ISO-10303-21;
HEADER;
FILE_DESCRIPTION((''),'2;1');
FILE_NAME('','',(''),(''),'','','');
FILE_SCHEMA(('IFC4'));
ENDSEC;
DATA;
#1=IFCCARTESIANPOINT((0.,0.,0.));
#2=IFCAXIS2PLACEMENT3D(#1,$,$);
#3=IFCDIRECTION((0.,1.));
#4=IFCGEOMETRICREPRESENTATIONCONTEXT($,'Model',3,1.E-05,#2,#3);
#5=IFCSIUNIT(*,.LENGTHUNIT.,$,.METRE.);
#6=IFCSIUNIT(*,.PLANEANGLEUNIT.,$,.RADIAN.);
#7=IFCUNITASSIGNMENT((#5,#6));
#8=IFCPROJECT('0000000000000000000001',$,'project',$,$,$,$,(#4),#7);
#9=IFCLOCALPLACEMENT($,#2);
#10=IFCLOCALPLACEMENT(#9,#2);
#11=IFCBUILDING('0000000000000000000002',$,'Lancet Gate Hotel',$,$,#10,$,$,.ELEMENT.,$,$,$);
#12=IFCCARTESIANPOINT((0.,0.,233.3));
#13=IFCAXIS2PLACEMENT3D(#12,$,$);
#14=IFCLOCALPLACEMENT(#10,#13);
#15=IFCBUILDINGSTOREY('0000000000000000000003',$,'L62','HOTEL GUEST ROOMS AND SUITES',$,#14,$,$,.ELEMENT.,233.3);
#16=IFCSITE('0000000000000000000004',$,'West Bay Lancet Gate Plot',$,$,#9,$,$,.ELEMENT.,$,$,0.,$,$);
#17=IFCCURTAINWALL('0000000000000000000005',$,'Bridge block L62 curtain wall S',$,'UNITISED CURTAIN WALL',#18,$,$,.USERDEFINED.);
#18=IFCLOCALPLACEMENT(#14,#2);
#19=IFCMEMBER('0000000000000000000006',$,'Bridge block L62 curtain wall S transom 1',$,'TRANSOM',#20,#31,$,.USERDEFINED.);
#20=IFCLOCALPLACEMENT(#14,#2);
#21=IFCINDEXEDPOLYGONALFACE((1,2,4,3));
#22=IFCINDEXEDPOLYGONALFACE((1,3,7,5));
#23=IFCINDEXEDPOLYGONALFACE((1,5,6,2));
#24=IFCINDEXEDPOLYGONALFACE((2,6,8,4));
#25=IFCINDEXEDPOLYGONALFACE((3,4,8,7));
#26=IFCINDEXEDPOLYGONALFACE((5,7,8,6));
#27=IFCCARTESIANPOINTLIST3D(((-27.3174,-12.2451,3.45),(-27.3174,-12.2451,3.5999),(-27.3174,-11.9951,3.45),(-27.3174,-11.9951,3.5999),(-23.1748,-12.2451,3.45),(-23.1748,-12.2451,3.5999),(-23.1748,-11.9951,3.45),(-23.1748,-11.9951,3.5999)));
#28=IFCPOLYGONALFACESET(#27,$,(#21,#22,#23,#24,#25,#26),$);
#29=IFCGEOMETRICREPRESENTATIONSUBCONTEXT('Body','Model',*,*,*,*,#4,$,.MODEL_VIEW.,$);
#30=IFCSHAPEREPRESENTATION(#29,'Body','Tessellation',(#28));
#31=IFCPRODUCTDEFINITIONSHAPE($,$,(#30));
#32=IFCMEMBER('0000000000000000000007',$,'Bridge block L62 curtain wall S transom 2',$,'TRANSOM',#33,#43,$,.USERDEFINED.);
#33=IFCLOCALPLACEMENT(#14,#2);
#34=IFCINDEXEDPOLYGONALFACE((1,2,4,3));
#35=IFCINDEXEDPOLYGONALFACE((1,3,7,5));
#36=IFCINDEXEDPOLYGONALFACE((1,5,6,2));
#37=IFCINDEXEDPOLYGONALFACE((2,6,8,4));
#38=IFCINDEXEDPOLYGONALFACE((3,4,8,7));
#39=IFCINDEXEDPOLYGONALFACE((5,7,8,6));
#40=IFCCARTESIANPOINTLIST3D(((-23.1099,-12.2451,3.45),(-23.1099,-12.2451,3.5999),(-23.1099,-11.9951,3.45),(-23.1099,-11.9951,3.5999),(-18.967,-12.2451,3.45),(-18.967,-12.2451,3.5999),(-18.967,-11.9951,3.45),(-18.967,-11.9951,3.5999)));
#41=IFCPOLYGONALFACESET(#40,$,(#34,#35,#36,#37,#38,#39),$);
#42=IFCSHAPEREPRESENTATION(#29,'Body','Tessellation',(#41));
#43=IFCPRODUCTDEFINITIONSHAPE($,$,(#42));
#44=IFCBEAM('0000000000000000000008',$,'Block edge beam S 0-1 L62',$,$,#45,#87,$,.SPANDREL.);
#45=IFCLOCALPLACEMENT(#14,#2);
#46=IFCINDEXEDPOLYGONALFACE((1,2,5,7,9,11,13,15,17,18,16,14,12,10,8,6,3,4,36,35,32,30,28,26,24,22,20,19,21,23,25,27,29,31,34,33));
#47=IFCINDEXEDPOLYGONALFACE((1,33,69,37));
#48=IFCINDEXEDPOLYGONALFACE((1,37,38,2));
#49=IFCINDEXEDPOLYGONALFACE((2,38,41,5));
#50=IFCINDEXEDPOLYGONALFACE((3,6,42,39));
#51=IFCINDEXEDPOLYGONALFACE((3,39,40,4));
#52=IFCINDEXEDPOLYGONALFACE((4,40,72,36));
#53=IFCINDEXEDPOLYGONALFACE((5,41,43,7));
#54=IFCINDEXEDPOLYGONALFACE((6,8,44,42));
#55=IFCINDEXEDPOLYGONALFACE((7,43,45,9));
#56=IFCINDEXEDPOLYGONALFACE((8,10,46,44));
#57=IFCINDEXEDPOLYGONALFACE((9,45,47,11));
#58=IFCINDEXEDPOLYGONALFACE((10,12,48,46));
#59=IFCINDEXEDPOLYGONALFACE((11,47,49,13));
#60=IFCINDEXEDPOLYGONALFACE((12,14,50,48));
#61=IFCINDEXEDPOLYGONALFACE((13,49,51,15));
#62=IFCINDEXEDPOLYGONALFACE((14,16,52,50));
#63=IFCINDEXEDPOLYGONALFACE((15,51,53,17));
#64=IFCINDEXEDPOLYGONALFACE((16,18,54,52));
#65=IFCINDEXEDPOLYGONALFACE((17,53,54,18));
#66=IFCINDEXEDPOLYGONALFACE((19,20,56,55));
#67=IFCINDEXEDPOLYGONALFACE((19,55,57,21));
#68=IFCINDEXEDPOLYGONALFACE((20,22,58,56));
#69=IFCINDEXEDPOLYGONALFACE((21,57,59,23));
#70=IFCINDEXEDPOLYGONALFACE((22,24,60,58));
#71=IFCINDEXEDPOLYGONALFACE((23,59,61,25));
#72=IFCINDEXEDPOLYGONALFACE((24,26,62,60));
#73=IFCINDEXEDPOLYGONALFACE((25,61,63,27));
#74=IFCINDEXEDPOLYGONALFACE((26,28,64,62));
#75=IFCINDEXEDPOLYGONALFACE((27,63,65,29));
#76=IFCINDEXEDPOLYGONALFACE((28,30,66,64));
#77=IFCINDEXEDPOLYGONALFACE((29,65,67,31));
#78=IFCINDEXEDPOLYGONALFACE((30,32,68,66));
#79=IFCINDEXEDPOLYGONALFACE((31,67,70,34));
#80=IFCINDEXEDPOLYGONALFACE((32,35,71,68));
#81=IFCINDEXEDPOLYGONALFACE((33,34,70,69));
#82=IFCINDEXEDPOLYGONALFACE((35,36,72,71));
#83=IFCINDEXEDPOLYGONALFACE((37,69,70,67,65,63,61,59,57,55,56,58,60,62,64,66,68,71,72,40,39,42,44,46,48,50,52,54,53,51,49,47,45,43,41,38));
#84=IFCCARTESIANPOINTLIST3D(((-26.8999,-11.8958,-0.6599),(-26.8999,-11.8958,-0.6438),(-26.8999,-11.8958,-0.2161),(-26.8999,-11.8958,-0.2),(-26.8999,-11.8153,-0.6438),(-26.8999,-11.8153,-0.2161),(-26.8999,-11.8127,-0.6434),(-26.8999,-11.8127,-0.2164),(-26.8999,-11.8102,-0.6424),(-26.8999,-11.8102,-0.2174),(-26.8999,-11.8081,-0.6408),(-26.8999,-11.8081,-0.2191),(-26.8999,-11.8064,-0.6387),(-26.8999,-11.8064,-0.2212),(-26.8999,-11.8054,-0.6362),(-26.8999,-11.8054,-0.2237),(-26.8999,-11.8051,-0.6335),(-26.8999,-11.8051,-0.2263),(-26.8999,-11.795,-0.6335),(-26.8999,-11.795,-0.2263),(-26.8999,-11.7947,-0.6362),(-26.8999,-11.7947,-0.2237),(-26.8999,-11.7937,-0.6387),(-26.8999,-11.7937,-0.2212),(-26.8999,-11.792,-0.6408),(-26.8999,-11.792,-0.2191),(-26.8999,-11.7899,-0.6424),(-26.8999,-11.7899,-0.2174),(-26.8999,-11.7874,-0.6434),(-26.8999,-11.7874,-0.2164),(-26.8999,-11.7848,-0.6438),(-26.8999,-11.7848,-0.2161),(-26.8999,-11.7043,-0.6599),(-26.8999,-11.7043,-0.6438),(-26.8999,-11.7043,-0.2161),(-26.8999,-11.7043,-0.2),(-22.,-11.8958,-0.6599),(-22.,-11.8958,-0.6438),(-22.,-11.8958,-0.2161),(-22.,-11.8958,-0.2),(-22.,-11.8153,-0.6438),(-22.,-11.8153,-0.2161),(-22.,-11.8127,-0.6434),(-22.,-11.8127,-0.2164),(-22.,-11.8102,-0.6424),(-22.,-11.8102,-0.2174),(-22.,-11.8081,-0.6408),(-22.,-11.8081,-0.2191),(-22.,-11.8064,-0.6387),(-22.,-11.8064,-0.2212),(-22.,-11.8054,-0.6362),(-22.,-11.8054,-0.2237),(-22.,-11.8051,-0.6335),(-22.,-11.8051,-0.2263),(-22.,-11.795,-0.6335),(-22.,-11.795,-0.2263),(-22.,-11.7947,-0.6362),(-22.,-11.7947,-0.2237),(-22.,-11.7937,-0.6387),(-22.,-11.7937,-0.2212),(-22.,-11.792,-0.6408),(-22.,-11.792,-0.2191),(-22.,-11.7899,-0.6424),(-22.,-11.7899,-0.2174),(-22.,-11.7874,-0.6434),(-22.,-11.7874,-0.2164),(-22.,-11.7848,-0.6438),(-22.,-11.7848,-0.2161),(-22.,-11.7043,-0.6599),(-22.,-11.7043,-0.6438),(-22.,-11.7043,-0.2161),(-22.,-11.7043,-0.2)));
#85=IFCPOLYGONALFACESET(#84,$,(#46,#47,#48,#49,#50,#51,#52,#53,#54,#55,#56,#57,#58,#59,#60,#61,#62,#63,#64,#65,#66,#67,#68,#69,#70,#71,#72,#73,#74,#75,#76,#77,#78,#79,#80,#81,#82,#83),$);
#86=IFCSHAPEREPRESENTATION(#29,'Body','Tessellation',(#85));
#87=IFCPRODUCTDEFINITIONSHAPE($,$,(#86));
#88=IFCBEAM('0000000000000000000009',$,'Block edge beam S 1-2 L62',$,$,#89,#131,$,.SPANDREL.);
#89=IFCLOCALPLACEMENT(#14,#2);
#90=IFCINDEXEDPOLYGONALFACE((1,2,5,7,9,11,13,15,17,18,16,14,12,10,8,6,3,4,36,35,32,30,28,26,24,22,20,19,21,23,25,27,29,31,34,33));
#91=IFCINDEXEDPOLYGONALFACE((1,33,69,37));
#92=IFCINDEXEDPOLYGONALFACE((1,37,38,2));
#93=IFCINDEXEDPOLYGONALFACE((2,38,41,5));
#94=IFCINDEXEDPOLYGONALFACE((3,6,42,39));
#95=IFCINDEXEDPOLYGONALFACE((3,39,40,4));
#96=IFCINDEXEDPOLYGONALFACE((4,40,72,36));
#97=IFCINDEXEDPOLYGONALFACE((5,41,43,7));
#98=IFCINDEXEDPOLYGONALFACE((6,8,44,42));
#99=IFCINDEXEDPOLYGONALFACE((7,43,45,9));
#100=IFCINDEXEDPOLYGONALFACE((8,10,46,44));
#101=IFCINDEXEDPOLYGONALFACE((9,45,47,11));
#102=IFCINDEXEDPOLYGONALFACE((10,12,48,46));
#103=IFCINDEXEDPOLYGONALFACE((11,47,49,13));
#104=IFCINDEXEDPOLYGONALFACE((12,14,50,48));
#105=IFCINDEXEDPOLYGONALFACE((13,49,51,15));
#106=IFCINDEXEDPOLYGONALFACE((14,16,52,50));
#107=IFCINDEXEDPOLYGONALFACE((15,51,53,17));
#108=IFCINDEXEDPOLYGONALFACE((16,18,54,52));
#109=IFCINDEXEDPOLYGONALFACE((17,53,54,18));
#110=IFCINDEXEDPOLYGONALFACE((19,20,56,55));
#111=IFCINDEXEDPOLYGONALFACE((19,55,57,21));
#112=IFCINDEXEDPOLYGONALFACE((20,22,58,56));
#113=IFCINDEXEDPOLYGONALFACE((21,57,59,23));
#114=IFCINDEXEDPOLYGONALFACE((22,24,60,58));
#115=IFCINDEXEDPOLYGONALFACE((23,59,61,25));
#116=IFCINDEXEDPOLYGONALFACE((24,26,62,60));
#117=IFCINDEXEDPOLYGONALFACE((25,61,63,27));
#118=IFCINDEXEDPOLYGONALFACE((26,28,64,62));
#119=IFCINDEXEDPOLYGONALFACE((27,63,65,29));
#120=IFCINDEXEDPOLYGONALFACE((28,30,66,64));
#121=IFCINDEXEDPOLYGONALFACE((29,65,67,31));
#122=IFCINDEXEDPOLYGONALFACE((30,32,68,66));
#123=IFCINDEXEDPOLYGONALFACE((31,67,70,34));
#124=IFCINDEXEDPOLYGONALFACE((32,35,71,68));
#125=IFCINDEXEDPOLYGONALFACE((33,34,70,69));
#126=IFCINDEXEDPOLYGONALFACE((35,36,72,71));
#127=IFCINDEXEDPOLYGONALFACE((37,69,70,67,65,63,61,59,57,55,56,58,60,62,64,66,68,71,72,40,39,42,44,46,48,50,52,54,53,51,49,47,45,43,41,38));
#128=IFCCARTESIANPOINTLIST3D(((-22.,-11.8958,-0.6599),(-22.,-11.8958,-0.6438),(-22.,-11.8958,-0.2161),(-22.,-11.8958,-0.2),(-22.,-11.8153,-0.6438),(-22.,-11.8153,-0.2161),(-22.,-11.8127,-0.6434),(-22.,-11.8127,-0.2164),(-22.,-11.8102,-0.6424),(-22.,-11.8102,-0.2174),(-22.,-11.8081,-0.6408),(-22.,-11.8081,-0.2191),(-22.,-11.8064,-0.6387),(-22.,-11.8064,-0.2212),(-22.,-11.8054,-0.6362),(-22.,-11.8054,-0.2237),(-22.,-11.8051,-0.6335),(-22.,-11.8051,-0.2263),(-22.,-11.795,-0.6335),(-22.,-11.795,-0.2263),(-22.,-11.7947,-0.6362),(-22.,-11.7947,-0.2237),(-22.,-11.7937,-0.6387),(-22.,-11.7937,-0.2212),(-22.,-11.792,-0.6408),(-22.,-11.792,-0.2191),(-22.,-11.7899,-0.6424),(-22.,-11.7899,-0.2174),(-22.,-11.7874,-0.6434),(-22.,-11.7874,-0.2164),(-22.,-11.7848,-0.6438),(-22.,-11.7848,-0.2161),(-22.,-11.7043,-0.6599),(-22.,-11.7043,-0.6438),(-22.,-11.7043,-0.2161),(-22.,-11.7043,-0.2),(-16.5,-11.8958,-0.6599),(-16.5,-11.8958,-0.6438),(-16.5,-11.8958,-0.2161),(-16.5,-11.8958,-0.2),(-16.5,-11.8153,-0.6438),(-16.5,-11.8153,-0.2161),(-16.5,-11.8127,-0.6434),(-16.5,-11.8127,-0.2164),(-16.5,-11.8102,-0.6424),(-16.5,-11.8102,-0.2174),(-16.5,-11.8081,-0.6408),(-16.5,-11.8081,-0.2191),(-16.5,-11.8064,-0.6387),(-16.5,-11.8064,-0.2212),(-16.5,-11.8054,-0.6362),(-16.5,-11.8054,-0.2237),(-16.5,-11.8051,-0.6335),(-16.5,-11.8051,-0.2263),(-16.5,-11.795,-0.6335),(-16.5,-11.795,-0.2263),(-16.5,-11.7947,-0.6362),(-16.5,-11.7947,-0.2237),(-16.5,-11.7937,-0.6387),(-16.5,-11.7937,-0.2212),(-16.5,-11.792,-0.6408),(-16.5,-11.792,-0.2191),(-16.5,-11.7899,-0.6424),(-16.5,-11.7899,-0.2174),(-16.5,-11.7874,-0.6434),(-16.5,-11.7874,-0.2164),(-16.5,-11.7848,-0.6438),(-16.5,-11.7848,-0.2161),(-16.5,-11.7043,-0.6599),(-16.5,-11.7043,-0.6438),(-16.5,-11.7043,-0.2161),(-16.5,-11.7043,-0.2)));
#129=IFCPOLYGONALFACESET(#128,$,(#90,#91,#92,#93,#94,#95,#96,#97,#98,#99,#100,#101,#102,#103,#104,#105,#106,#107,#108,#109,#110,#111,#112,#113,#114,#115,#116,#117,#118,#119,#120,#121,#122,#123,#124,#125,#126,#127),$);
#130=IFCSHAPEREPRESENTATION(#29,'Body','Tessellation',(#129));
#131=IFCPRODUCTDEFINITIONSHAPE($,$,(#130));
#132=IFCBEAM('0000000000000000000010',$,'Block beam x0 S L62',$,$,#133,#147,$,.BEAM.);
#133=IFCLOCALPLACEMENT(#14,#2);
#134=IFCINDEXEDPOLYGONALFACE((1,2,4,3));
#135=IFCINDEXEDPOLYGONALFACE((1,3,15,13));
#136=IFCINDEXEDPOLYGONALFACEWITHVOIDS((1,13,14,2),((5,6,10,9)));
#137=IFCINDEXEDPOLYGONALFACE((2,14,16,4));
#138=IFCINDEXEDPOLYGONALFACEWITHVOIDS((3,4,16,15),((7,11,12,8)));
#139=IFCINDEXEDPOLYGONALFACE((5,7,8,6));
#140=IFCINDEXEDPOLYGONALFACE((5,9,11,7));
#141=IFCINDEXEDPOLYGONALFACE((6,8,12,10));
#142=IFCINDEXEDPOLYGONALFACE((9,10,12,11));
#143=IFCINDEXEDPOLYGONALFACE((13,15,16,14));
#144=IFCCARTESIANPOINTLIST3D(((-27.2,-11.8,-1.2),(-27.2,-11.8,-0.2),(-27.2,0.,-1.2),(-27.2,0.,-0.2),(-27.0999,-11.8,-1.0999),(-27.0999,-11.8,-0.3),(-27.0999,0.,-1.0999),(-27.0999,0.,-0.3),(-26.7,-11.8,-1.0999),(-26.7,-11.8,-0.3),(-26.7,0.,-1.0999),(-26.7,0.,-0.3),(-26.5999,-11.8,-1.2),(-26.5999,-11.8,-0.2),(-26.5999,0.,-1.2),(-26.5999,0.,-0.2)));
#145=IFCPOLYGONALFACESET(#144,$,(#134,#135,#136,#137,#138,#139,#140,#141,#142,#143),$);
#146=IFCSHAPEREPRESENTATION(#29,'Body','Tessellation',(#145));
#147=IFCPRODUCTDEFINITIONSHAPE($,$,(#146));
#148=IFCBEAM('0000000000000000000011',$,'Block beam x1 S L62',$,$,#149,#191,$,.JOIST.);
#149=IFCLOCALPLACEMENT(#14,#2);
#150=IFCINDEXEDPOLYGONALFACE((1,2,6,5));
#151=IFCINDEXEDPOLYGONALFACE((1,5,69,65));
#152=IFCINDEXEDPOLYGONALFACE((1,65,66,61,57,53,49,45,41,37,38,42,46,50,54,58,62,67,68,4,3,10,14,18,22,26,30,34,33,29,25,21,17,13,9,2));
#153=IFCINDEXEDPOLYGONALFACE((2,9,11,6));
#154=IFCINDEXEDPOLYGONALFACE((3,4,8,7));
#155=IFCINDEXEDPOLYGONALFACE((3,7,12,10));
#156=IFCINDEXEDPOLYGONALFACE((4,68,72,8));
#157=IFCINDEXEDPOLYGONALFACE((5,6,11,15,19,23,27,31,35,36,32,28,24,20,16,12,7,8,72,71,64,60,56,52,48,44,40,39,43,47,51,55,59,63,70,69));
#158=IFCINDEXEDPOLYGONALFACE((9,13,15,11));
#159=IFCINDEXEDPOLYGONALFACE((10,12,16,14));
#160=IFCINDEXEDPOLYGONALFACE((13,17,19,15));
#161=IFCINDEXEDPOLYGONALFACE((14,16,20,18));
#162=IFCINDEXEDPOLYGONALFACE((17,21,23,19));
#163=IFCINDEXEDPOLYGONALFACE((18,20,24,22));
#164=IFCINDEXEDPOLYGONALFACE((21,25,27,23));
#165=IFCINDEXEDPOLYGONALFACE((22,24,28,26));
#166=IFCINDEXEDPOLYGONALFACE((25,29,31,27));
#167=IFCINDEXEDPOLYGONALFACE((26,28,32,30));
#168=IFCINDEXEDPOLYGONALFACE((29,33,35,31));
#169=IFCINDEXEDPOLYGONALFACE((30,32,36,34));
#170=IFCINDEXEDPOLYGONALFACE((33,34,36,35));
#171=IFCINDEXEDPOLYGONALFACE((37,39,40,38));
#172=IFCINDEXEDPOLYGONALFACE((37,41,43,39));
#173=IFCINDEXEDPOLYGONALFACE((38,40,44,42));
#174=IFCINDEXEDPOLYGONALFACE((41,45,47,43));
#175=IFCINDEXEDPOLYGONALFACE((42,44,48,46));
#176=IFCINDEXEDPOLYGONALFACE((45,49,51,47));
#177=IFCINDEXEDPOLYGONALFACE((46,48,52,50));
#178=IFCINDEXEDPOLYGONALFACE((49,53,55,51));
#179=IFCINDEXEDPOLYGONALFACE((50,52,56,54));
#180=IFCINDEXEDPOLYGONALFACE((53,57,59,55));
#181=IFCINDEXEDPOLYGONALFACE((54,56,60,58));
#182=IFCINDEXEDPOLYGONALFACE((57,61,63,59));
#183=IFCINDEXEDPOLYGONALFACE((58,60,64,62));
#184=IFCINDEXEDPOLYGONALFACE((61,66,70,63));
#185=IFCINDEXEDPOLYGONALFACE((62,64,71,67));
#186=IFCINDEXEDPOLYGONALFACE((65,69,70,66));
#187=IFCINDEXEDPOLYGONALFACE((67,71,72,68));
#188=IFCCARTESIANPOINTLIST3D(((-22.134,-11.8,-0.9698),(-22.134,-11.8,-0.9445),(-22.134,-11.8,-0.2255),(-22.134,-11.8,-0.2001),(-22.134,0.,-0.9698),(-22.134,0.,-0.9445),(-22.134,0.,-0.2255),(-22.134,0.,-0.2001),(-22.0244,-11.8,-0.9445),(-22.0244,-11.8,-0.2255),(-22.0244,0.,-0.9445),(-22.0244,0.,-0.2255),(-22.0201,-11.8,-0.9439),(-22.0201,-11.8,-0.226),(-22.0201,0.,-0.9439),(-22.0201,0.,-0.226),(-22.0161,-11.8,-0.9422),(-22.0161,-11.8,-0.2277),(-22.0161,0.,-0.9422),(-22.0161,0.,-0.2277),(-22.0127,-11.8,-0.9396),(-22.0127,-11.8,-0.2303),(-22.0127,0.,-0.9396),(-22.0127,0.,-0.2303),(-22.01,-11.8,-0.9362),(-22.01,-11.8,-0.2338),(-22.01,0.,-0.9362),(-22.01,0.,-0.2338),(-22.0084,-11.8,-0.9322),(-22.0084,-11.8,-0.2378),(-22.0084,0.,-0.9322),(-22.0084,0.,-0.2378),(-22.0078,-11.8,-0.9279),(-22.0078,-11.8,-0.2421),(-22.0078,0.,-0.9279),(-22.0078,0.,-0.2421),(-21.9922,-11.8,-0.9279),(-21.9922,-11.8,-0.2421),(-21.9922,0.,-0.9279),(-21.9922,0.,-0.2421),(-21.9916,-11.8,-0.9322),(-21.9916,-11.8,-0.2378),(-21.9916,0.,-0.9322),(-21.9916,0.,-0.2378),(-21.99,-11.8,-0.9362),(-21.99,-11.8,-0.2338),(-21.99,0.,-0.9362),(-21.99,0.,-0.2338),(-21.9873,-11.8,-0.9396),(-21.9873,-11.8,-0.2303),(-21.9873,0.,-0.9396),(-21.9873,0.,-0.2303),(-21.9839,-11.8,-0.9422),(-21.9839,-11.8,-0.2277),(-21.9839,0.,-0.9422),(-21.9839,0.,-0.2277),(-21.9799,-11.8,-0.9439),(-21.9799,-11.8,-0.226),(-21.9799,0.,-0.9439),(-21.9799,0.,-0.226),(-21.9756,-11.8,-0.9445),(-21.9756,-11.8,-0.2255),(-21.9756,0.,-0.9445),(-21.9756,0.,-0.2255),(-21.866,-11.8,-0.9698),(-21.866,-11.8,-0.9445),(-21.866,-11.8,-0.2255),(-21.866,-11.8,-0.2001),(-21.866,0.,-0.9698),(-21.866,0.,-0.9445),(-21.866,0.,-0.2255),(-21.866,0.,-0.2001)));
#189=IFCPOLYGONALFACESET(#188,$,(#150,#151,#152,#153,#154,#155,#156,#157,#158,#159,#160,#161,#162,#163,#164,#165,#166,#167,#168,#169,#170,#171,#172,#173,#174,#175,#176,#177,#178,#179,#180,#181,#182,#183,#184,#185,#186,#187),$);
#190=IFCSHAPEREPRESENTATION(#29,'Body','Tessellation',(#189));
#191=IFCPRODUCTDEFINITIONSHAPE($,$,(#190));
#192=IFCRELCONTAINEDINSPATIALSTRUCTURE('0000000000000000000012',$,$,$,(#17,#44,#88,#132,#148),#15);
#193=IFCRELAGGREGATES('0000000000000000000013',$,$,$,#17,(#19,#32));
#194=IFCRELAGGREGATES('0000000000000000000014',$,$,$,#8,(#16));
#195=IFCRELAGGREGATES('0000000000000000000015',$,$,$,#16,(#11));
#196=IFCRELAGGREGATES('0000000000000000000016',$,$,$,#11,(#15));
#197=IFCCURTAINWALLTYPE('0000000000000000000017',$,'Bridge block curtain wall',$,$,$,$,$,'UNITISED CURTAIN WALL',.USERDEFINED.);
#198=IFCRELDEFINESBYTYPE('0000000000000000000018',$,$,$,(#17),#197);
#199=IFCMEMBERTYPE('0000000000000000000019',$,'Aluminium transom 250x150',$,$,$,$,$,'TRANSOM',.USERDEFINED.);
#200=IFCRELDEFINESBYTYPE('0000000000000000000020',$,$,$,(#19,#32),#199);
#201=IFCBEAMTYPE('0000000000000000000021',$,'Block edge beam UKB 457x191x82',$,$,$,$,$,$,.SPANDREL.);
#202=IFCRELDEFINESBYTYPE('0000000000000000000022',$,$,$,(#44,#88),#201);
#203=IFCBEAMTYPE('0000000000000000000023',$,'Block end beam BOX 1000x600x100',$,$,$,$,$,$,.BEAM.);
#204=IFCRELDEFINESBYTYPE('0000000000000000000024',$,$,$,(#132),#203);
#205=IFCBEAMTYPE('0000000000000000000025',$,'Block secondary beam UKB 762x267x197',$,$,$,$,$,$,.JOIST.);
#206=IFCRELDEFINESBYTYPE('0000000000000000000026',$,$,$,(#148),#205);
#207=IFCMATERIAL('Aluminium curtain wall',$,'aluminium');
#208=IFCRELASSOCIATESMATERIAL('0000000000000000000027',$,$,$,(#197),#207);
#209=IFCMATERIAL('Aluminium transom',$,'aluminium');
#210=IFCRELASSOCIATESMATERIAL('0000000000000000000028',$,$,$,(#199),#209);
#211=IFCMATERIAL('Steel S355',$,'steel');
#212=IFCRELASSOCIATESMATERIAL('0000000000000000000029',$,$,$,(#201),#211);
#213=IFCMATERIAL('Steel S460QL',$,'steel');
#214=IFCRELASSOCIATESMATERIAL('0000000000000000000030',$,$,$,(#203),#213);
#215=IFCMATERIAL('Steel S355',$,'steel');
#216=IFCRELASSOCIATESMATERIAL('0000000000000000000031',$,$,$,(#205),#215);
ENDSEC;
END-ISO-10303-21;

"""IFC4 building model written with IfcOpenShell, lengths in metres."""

from ifc_helpers import new_model, si_unit, direction, frame, origin, origin_2d, place, context, subcontext, project, spatial, rectangle, hollow_rectangle, i_section, extrude, material, material_profile, profile_set, type_object, element, aggregate, save


model = new_model("IFC4")

# Units and contexts
model_context = context("Model", 3, precision=1e-05, world=origin(), true_north=direction((0.0, 1.0)))
body_context = subcontext(model_context, "Body", "Model", "MODEL_VIEW")
ifc_project = project(units=[si_unit("LENGTHUNIT", "METRE"), si_unit("PLANEANGLEUNIT", "RADIAN")], contexts=[model_context])

# Site, building, storey
site_placement = place(None, origin())
site = spatial("IfcSite", under=ifc_project, at=site_placement, Name="West Bay Lancet Gate Plot", CompositionType="ELEMENT", RefElevation=0.0)
building_placement = place(site_placement, origin())
building = spatial("IfcBuilding", under=site, at=building_placement, Name="Lancet Gate Hotel", CompositionType="ELEMENT")
storey_placement = place(building_placement, frame((0.0, 0.0, 233.3)))
storey = spatial("IfcBuildingStorey", under=building, at=storey_placement, Name="L62", Description="HOTEL GUEST ROOMS AND SUITES", CompositionType="ELEMENT", Elevation=233.3)

# Curtain wall
ifc_material_1 = material(Name="Aluminium curtain wall", Category="aluminium")
curtain_wall_type_1 = type_object("IfcCurtainWallType", Name="Bridge block curtain wall", ElementType="UNITISED CURTAIN WALL", PredefinedType="USERDEFINED", material=ifc_material_1)
curtain_wall_1_placement = place(storey_placement, origin())
curtain_wall_1 = element("IfcCurtainWall", 1, at=curtain_wall_1_placement, inside=storey, type_object=curtain_wall_type_1, Name="Bridge block L62 curtain wall S", ObjectType="UNITISED CURTAIN WALL", PredefinedType="USERDEFINED")

# Members
ifc_material_2 = material(Name="Aluminium transom", Category="aluminium")
ifc_material_profile_1 = material_profile(ifc_material_2, rectangle(XDim=0.25, YDim=0.1499, at=origin_2d()), Name="TRANSOM 250x150")
ifc_profile_set_1 = profile_set([ifc_material_profile_1], Name="Aluminium transom")
member_type_1 = type_object("IfcMemberType", Name="Aluminium transom 250x150", ElementType="TRANSOM", PredefinedType="USERDEFINED", material=ifc_profile_set_1)
member_1_placement = place(storey_placement, frame((-27.3174, -12.1201, 3.5249), z_axis=(1.0, 0.0, 0.0), x_axis=(0.0, 1.0, 0.0)))
member_1 = element("IfcMember", 2, at=member_1_placement, type_object=member_type_1, Name="Bridge block L62 curtain wall S transom 1", ObjectType="TRANSOM", PredefinedType="USERDEFINED", context=body_context, shape_type="SweptSolid", body=[
    extrude(rectangle(XDim=0.25, YDim=0.1499, at=origin_2d()), origin(), (0.0, 0.0, 1.0), 4.1426),
])
member_2_placement = place(storey_placement, frame((-23.1099, -12.1201, 3.5249), z_axis=(1.0, 0.0, 0.0), x_axis=(0.0, 1.0, 0.0)))
member_2 = element("IfcMember", 3, at=member_2_placement, type_object=member_type_1, Name="Bridge block L62 curtain wall S transom 2", ObjectType="TRANSOM", PredefinedType="USERDEFINED", context=body_context, shape_type="SweptSolid", body=[
    extrude(rectangle(XDim=0.25, YDim=0.1499, at=origin_2d()), origin(), (0.0, 0.0, 1.0), 4.1428),
])

# Beams
ifc_material_3 = material(Name="Steel S355", Category="steel")
ifc_material_profile_2 = material_profile(ifc_material_3, i_section(OverallWidth=0.1914, OverallDepth=0.46, WebThickness=0.01, FlangeThickness=0.0161, FilletRadius=0.0103, at=origin_2d()), Name="UKB 457x191x82")
ifc_profile_set_2 = profile_set([ifc_material_profile_2], Name="Steel S355")
beam_type_1 = type_object("IfcBeamType", Name="Block edge beam UKB 457x191x82", PredefinedType="SPANDREL", material=ifc_profile_set_2)
beam_1_placement = place(storey_placement, frame((-26.8999, -11.8, -0.4299), z_axis=(1.0, 0.0, 0.0), x_axis=(0.0, 1.0, 0.0)))
element("IfcBeam", 4, at=beam_1_placement, inside=storey, type_object=beam_type_1, Name="Block edge beam S 0-1 L62", PredefinedType="SPANDREL", context=body_context, shape_type="SweptSolid", body=[
    extrude(i_section(OverallWidth=0.1914, OverallDepth=0.46, WebThickness=0.01, FlangeThickness=0.0161, FilletRadius=0.0103, at=origin_2d()), origin(), (0.0, 0.0, 1.0), 4.8999),
])
beam_2_placement = place(storey_placement, frame((-22.0, -11.8, -0.4299), z_axis=(1.0, 0.0, 0.0), x_axis=(0.0, 1.0, 0.0)))
element("IfcBeam", 5, at=beam_2_placement, inside=storey, type_object=beam_type_1, Name="Block edge beam S 1-2 L62", PredefinedType="SPANDREL", context=body_context, shape_type="SweptSolid", body=[
    extrude(i_section(OverallWidth=0.1914, OverallDepth=0.46, WebThickness=0.01, FlangeThickness=0.0161, FilletRadius=0.0103, at=origin_2d()), origin(), (0.0, 0.0, 1.0), 5.5),
])
ifc_material_4 = material(Name="Steel S460QL", Category="steel")
ifc_material_profile_3 = material_profile(ifc_material_4, hollow_rectangle(XDim=0.6001, YDim=1.0, WallThickness=0.1001, at=origin_2d()), Name="BOX 1000x600x100")
ifc_profile_set_3 = profile_set([ifc_material_profile_3], Name="Steel S460QL")
beam_type_2 = type_object("IfcBeamType", Name="Block end beam BOX 1000x600x100", PredefinedType="BEAM", material=ifc_profile_set_3)
beam_3_placement = place(storey_placement, frame((-26.8999, -11.8, -0.7), z_axis=(0.0, 1.0, 0.0), x_axis=(-1.0, 0.0, 0.0)))
element("IfcBeam", 6, at=beam_3_placement, inside=storey, type_object=beam_type_2, Name="Block beam x0 S L62", PredefinedType="BEAM", context=body_context, shape_type="SweptSolid", body=[
    extrude(hollow_rectangle(XDim=0.6001, YDim=1.0, WallThickness=0.1001, at=origin_2d()), origin(), (0.0, 0.0, 1.0), 11.8),
])
ifc_material_5 = material(Name="Steel S355", Category="steel")
ifc_material_profile_4 = material_profile(ifc_material_5, i_section(OverallWidth=0.2681, OverallDepth=0.7698, WebThickness=0.0156, FlangeThickness=0.0254, FilletRadius=0.0166, at=origin_2d()), Name="UKB 762x267x197")
ifc_profile_set_4 = profile_set([ifc_material_profile_4], Name="Steel S355")
beam_type_3 = type_object("IfcBeamType", Name="Block secondary beam UKB 762x267x197", PredefinedType="JOIST", material=ifc_profile_set_4)
beam_4_placement = place(storey_placement, frame((-22.0, -11.8, -0.585), z_axis=(0.0, 1.0, 0.0), x_axis=(-1.0, 0.0, 0.0)))
element("IfcBeam", 7, at=beam_4_placement, inside=storey, type_object=beam_type_3, Name="Block beam x1 S L62", PredefinedType="JOIST", context=body_context, shape_type="SweptSolid", body=[
    extrude(i_section(OverallWidth=0.2681, OverallDepth=0.7698, WebThickness=0.0156, FlangeThickness=0.0254, FilletRadius=0.0166, at=origin_2d()), origin(), (0.0, 0.0, 1.0), 11.8),
])

aggregate(curtain_wall_1, [member_1, member_2])

save(model, "model.ifc")
